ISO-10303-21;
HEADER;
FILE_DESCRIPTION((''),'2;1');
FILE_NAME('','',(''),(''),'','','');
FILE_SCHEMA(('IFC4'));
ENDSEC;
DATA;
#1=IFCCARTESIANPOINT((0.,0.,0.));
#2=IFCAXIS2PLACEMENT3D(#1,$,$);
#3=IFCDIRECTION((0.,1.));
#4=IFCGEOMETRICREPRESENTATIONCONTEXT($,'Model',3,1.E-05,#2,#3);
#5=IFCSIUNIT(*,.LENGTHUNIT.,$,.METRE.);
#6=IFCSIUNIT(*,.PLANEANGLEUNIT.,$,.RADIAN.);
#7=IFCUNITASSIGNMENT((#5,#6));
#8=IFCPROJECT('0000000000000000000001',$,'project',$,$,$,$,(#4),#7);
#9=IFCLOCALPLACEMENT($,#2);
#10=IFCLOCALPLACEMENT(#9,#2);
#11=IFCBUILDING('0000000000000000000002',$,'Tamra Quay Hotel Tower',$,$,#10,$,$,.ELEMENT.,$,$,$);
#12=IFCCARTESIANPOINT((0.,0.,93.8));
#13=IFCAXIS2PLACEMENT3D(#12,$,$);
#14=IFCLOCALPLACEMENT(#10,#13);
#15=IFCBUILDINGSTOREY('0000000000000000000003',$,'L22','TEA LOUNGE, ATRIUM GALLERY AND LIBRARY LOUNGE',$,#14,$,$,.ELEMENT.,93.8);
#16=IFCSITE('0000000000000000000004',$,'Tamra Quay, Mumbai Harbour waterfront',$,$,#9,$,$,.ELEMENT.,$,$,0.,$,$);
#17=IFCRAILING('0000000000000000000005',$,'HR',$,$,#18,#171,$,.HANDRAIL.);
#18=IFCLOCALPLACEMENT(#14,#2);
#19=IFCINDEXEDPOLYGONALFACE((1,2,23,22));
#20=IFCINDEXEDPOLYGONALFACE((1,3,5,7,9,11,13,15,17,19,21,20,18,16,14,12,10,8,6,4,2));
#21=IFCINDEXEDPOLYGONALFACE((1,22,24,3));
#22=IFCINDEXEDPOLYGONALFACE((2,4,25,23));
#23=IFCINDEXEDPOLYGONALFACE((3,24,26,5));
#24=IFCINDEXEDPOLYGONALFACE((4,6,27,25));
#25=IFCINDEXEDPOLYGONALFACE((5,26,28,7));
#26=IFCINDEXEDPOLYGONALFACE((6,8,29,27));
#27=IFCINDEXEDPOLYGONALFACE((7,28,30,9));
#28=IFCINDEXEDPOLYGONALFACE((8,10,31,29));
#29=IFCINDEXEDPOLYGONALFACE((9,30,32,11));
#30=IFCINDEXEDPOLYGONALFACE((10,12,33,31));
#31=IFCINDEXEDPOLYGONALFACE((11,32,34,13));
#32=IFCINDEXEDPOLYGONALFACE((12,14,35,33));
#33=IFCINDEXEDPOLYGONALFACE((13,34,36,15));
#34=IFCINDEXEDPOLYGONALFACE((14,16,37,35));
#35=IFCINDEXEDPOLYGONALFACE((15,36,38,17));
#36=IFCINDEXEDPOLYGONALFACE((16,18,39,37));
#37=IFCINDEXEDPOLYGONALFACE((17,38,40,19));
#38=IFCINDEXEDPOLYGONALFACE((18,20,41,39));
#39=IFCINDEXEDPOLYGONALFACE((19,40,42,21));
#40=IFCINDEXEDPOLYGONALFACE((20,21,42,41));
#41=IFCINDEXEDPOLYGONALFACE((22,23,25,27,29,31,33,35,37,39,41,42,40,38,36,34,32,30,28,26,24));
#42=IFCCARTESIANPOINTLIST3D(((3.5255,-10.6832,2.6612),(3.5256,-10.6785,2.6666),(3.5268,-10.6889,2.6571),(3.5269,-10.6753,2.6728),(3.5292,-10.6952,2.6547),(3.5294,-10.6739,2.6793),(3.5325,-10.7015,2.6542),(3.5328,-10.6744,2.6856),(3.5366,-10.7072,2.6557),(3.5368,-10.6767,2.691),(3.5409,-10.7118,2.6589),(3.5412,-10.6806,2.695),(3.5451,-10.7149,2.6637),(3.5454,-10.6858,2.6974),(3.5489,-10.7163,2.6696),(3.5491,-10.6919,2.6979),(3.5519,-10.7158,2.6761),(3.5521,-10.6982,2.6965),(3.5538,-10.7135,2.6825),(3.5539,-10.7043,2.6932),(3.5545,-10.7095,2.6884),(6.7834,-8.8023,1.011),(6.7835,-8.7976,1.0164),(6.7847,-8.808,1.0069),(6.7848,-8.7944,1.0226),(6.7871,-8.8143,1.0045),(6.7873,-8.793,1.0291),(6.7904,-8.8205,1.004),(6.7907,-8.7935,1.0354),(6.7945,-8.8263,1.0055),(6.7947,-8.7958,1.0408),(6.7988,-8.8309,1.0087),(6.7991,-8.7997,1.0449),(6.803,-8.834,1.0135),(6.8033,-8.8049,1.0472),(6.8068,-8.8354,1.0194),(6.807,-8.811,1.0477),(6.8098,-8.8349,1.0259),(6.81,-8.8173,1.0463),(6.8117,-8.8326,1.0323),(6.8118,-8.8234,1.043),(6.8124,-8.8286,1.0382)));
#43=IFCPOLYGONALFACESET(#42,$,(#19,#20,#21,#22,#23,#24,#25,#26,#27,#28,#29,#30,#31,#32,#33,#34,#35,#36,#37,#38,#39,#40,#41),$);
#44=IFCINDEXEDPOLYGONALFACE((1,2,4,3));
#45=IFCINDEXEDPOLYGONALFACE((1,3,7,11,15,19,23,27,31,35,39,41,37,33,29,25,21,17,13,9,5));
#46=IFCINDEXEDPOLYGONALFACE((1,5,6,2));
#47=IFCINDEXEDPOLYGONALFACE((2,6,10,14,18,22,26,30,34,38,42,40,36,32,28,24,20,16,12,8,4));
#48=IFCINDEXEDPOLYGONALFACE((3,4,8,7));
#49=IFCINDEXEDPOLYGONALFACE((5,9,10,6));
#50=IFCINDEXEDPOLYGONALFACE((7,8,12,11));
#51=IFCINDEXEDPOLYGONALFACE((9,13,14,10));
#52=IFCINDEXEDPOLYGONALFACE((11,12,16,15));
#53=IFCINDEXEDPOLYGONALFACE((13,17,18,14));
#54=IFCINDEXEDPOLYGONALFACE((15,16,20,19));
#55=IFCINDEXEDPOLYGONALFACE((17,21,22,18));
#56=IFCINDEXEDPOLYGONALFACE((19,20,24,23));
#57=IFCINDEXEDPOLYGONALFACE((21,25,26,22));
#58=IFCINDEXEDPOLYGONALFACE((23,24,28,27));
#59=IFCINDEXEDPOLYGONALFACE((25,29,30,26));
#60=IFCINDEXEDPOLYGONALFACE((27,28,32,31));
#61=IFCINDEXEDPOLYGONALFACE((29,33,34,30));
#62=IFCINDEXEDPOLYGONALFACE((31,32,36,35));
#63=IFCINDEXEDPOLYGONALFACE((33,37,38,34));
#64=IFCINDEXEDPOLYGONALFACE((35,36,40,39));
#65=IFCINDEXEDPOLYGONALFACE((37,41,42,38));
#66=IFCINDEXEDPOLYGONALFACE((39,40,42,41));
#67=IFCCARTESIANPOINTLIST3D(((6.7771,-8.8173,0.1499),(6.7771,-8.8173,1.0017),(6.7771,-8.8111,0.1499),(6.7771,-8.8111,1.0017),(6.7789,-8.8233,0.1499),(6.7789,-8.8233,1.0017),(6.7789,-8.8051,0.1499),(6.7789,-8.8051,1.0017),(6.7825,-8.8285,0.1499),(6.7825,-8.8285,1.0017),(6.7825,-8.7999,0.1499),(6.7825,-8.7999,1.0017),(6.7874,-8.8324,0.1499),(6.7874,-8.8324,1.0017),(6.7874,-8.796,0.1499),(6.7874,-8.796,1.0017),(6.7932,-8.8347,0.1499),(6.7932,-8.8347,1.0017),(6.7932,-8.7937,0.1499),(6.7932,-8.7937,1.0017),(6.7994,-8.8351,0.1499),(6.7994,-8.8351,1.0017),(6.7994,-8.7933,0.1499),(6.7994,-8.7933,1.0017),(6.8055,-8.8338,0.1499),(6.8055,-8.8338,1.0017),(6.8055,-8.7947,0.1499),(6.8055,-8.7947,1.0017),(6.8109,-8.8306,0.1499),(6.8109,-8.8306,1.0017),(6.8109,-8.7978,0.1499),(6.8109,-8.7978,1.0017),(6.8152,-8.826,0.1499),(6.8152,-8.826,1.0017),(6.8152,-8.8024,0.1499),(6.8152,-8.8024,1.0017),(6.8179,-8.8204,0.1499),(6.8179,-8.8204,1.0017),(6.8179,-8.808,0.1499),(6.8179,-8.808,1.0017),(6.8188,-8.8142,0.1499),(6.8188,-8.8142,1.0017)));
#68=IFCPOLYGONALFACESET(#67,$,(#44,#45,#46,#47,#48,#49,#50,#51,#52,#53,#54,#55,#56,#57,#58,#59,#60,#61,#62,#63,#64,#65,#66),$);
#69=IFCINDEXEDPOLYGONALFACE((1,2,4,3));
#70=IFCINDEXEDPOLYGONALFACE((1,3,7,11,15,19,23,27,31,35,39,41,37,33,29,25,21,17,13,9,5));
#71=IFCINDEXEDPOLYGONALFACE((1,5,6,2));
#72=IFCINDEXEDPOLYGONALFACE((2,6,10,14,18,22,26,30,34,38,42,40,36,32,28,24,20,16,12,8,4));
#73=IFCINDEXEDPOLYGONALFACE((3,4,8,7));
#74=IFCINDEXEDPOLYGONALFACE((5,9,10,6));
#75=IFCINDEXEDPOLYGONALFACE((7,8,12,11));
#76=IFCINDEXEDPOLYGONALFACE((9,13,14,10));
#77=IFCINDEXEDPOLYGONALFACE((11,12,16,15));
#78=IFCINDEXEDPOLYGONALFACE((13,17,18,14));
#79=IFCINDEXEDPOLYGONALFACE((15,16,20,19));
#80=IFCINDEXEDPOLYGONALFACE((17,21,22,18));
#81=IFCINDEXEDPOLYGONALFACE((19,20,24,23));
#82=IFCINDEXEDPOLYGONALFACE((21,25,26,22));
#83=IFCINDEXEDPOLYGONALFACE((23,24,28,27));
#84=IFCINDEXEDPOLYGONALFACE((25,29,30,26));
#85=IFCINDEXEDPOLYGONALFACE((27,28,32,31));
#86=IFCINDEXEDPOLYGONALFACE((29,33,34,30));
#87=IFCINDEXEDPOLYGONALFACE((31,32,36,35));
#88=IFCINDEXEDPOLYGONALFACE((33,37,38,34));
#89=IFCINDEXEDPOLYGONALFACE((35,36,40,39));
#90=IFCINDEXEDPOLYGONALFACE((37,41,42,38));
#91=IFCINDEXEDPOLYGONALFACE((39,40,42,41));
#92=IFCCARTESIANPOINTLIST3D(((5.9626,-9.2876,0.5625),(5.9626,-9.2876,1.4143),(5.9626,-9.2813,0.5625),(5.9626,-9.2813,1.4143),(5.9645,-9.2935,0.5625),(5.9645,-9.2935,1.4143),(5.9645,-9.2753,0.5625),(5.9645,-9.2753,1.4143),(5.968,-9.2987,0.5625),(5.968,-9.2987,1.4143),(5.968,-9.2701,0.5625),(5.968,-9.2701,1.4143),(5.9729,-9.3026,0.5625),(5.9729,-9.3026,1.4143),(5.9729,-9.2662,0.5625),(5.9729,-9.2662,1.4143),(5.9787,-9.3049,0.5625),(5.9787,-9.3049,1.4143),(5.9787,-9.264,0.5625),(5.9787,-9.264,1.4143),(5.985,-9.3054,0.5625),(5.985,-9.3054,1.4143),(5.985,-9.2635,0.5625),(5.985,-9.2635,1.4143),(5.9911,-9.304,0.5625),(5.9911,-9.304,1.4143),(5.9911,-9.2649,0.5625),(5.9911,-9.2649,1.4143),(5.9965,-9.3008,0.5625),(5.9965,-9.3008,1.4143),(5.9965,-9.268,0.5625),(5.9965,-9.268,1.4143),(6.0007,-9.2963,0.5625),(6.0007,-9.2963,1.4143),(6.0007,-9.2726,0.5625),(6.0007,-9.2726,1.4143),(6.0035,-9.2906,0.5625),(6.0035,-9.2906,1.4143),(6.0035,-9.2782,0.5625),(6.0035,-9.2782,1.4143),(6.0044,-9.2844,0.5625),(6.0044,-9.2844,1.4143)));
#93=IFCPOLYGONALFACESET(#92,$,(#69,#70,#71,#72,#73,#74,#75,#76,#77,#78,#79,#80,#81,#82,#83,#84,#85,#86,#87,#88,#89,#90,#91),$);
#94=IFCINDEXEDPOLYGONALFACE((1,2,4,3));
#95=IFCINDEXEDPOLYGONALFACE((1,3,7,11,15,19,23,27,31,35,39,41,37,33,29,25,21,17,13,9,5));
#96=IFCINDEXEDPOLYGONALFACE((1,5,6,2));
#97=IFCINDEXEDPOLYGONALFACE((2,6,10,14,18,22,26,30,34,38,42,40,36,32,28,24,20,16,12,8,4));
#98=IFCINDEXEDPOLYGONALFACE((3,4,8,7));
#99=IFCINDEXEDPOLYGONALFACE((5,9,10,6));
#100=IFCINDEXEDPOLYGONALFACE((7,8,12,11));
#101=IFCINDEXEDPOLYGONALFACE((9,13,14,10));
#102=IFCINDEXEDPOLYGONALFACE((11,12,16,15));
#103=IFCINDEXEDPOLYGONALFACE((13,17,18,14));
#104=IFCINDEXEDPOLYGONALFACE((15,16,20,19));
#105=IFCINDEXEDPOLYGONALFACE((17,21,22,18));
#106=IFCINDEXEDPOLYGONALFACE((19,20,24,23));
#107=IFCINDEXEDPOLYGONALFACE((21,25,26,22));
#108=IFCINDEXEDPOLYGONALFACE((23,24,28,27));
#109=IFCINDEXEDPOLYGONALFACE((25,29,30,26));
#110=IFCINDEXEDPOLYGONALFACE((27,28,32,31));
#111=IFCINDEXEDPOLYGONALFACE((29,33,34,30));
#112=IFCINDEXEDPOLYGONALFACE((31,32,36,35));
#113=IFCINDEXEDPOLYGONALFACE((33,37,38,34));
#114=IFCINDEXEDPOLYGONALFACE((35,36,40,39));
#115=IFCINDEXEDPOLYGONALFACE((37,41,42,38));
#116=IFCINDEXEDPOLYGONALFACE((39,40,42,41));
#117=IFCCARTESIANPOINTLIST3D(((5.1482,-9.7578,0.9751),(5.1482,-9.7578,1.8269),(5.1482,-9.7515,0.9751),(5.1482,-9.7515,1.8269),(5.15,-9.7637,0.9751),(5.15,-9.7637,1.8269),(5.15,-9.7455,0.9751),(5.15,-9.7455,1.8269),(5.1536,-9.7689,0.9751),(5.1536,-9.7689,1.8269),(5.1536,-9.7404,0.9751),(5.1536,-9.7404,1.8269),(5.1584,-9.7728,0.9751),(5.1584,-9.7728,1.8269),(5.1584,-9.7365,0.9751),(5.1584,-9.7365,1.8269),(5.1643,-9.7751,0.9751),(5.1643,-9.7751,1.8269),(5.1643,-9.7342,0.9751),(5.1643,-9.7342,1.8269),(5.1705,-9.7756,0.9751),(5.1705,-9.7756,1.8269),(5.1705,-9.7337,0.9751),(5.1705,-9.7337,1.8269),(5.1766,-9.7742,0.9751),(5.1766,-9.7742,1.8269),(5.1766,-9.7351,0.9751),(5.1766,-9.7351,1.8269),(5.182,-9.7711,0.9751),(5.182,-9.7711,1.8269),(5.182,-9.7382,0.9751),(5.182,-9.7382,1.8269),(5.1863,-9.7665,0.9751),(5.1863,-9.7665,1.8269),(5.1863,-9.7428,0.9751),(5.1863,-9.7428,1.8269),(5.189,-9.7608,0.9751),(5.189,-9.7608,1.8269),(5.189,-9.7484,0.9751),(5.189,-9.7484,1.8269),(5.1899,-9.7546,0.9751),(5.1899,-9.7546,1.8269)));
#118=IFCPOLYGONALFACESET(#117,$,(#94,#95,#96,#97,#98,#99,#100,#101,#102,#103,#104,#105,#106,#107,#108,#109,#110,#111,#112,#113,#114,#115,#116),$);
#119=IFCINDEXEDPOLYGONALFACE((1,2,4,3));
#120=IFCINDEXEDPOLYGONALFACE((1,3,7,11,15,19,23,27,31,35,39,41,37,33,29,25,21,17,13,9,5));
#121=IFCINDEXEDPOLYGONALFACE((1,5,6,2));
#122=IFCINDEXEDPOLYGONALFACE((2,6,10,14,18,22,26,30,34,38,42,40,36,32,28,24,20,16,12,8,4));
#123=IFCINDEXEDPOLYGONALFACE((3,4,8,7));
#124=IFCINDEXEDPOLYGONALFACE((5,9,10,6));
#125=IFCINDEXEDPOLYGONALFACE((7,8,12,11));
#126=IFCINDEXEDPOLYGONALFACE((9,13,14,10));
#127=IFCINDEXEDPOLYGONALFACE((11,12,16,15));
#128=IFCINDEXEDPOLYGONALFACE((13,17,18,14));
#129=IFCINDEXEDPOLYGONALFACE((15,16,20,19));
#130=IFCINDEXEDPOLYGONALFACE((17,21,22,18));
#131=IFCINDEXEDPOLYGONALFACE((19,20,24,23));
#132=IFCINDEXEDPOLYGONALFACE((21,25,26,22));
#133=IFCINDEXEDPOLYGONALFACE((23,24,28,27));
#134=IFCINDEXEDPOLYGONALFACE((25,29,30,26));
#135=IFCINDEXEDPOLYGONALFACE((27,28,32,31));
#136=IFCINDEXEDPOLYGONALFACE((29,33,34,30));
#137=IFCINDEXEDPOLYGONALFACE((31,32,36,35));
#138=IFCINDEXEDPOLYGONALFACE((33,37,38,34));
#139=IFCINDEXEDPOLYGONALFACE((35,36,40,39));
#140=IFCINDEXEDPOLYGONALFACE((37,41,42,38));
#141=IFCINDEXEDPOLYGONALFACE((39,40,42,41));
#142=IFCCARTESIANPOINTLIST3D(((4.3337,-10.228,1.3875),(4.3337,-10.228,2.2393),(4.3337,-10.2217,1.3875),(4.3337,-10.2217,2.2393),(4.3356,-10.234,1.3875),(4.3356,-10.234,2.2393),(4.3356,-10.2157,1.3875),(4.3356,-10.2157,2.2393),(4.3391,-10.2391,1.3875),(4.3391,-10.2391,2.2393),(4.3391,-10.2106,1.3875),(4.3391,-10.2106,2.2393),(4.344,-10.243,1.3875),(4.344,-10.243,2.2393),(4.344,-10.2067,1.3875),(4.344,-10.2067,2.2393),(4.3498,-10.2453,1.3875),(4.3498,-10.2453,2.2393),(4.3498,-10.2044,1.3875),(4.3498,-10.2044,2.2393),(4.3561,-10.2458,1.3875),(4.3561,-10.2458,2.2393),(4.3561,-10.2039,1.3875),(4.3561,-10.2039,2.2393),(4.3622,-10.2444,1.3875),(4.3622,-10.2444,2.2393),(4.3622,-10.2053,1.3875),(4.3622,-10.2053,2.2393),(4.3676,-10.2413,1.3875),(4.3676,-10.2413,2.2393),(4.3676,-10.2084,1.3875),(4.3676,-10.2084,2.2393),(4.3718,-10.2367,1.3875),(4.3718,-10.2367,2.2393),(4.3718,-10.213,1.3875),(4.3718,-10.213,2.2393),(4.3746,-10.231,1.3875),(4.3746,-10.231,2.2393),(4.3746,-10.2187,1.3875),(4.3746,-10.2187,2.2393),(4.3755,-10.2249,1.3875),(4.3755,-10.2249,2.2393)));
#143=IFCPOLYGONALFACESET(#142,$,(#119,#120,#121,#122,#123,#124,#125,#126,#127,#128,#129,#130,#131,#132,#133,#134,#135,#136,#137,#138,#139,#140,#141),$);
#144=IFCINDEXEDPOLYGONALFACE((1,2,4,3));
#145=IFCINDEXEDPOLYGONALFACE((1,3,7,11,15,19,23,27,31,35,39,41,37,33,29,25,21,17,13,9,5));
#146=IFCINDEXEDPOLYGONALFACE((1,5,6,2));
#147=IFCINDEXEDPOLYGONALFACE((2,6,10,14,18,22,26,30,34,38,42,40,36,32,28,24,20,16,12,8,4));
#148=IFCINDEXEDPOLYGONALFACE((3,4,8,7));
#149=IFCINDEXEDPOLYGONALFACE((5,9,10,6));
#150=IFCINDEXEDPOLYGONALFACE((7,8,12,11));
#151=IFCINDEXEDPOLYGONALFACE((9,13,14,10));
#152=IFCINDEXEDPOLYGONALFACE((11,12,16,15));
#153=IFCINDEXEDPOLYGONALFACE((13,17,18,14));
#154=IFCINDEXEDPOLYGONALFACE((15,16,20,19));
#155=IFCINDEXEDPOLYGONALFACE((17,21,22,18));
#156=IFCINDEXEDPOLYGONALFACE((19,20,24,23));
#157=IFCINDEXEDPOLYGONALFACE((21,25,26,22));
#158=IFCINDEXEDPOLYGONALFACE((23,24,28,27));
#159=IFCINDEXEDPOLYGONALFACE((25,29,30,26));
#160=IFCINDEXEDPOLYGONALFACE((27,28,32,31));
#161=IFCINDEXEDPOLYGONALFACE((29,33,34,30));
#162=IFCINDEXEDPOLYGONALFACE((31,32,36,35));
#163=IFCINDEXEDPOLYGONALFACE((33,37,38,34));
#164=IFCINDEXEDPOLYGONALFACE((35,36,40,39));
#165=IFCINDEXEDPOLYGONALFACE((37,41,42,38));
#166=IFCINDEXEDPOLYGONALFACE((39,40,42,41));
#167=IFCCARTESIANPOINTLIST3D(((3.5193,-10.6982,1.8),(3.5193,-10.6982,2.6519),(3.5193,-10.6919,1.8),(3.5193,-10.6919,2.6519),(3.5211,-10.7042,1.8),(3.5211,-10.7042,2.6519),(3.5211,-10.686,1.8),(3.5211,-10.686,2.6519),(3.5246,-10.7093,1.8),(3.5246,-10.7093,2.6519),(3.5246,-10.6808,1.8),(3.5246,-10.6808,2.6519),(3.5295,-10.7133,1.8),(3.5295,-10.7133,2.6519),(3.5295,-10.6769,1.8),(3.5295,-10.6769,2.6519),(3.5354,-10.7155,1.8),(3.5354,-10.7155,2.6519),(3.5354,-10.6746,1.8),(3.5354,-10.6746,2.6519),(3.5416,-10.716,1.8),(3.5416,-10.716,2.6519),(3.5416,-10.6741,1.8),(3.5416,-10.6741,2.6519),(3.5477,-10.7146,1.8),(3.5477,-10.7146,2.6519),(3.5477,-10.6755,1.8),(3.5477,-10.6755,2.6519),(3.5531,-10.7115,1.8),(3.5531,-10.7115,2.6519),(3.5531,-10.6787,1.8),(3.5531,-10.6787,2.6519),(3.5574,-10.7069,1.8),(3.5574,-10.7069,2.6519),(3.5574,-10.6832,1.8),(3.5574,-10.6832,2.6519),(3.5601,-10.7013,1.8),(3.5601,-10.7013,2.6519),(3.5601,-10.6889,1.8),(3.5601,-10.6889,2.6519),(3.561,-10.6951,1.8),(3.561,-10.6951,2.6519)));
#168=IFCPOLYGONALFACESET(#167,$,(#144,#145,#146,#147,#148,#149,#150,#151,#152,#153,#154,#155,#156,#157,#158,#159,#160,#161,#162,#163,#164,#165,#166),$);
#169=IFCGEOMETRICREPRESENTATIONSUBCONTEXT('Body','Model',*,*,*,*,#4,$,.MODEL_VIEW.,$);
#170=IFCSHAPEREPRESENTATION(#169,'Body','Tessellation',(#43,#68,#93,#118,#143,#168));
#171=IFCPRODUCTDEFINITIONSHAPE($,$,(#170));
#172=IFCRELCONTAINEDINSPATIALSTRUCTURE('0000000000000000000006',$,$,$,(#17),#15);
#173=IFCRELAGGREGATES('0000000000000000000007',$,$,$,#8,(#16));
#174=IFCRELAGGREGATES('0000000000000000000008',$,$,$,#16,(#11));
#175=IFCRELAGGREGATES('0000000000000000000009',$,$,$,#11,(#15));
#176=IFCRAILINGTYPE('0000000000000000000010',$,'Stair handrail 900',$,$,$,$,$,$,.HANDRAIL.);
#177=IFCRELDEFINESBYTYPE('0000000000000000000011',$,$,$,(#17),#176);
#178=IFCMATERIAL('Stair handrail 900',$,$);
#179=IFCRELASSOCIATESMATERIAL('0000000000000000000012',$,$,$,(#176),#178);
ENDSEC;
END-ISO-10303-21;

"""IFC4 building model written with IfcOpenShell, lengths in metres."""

from ifc_helpers import new_model, si_unit, direction, frame, origin, origin_2d, place, context, subcontext, project, spatial, circle, extrude, material, type_object, element, save


model = new_model("IFC4")

# Units and contexts
model_context = context("Model", 3, precision=1e-05, world=origin(), true_north=direction((0.0, 1.0)))
body_context = subcontext(model_context, "Body", "Model", "MODEL_VIEW")
ifc_project = project(units=[si_unit("LENGTHUNIT", "METRE"), si_unit("PLANEANGLEUNIT", "RADIAN")], contexts=[model_context])

# Site, building, storey
site_placement = place(None, origin())
site = spatial("IfcSite", under=ifc_project, at=site_placement, Name="Tamra Quay, Mumbai Harbour waterfront", CompositionType="ELEMENT", RefElevation=0.0)
building_placement = place(site_placement, origin())
building = spatial("IfcBuilding", under=site, at=building_placement, Name="Tamra Quay Hotel Tower", CompositionType="ELEMENT")
storey_placement = place(building_placement, frame((0.0, 0.0, 93.8)))
storey = spatial("IfcBuildingStorey", under=building, at=storey_placement, Name="L22", Description="TEA LOUNGE, ATRIUM GALLERY AND LIBRARY LOUNGE", CompositionType="ELEMENT", Elevation=93.8)

# Railing
ifc_material_1 = material(Name="Stair handrail 900")
railing_type_1 = type_object("IfcRailingType", Name="Stair handrail 900", PredefinedType="HANDRAIL", material=ifc_material_1)
railing_1_placement = place(storey_placement, frame((6.7979, -8.8142, 0.1499)))
element("IfcRailing", 1, at=railing_1_placement, inside=storey, type_object=railing_type_1, Name="HR", PredefinedType="HANDRAIL", context=body_context, shape_type="SweptSolid", body=[
    extrude(circle(Radius=0.0239, at=origin_2d()), frame((0.0, 0.0, 0.876), z_axis=(-0.793081, -0.457876, 0.401711), x_axis=(0.499992, -0.86603, 0.0)), (0.0, 0.0, 1.0), 4.1079),
    extrude(circle(Radius=0.021, at=origin_2d()), origin(), (0.0, 0.0, 1.0), 0.8518),
    extrude(circle(Radius=0.021, at=origin_2d()), frame((-0.8145, -0.4702, 0.4126)), (0.0, 0.0, 1.0), 0.8518),
    extrude(circle(Radius=0.021, at=origin_2d()), frame((-1.6289, -0.9404, 0.8252)), (0.0, 0.0, 1.0), 0.8518),
    extrude(circle(Radius=0.021, at=origin_2d()), frame((-2.4434, -1.4106, 1.2375)), (0.0, 0.0, 1.0), 0.8518),
    extrude(circle(Radius=0.021, at=origin_2d()), frame((-3.2578, -1.8809, 1.6501)), (0.0, 0.0, 1.0), 0.8518),
])

save(model, "model.ifc")
